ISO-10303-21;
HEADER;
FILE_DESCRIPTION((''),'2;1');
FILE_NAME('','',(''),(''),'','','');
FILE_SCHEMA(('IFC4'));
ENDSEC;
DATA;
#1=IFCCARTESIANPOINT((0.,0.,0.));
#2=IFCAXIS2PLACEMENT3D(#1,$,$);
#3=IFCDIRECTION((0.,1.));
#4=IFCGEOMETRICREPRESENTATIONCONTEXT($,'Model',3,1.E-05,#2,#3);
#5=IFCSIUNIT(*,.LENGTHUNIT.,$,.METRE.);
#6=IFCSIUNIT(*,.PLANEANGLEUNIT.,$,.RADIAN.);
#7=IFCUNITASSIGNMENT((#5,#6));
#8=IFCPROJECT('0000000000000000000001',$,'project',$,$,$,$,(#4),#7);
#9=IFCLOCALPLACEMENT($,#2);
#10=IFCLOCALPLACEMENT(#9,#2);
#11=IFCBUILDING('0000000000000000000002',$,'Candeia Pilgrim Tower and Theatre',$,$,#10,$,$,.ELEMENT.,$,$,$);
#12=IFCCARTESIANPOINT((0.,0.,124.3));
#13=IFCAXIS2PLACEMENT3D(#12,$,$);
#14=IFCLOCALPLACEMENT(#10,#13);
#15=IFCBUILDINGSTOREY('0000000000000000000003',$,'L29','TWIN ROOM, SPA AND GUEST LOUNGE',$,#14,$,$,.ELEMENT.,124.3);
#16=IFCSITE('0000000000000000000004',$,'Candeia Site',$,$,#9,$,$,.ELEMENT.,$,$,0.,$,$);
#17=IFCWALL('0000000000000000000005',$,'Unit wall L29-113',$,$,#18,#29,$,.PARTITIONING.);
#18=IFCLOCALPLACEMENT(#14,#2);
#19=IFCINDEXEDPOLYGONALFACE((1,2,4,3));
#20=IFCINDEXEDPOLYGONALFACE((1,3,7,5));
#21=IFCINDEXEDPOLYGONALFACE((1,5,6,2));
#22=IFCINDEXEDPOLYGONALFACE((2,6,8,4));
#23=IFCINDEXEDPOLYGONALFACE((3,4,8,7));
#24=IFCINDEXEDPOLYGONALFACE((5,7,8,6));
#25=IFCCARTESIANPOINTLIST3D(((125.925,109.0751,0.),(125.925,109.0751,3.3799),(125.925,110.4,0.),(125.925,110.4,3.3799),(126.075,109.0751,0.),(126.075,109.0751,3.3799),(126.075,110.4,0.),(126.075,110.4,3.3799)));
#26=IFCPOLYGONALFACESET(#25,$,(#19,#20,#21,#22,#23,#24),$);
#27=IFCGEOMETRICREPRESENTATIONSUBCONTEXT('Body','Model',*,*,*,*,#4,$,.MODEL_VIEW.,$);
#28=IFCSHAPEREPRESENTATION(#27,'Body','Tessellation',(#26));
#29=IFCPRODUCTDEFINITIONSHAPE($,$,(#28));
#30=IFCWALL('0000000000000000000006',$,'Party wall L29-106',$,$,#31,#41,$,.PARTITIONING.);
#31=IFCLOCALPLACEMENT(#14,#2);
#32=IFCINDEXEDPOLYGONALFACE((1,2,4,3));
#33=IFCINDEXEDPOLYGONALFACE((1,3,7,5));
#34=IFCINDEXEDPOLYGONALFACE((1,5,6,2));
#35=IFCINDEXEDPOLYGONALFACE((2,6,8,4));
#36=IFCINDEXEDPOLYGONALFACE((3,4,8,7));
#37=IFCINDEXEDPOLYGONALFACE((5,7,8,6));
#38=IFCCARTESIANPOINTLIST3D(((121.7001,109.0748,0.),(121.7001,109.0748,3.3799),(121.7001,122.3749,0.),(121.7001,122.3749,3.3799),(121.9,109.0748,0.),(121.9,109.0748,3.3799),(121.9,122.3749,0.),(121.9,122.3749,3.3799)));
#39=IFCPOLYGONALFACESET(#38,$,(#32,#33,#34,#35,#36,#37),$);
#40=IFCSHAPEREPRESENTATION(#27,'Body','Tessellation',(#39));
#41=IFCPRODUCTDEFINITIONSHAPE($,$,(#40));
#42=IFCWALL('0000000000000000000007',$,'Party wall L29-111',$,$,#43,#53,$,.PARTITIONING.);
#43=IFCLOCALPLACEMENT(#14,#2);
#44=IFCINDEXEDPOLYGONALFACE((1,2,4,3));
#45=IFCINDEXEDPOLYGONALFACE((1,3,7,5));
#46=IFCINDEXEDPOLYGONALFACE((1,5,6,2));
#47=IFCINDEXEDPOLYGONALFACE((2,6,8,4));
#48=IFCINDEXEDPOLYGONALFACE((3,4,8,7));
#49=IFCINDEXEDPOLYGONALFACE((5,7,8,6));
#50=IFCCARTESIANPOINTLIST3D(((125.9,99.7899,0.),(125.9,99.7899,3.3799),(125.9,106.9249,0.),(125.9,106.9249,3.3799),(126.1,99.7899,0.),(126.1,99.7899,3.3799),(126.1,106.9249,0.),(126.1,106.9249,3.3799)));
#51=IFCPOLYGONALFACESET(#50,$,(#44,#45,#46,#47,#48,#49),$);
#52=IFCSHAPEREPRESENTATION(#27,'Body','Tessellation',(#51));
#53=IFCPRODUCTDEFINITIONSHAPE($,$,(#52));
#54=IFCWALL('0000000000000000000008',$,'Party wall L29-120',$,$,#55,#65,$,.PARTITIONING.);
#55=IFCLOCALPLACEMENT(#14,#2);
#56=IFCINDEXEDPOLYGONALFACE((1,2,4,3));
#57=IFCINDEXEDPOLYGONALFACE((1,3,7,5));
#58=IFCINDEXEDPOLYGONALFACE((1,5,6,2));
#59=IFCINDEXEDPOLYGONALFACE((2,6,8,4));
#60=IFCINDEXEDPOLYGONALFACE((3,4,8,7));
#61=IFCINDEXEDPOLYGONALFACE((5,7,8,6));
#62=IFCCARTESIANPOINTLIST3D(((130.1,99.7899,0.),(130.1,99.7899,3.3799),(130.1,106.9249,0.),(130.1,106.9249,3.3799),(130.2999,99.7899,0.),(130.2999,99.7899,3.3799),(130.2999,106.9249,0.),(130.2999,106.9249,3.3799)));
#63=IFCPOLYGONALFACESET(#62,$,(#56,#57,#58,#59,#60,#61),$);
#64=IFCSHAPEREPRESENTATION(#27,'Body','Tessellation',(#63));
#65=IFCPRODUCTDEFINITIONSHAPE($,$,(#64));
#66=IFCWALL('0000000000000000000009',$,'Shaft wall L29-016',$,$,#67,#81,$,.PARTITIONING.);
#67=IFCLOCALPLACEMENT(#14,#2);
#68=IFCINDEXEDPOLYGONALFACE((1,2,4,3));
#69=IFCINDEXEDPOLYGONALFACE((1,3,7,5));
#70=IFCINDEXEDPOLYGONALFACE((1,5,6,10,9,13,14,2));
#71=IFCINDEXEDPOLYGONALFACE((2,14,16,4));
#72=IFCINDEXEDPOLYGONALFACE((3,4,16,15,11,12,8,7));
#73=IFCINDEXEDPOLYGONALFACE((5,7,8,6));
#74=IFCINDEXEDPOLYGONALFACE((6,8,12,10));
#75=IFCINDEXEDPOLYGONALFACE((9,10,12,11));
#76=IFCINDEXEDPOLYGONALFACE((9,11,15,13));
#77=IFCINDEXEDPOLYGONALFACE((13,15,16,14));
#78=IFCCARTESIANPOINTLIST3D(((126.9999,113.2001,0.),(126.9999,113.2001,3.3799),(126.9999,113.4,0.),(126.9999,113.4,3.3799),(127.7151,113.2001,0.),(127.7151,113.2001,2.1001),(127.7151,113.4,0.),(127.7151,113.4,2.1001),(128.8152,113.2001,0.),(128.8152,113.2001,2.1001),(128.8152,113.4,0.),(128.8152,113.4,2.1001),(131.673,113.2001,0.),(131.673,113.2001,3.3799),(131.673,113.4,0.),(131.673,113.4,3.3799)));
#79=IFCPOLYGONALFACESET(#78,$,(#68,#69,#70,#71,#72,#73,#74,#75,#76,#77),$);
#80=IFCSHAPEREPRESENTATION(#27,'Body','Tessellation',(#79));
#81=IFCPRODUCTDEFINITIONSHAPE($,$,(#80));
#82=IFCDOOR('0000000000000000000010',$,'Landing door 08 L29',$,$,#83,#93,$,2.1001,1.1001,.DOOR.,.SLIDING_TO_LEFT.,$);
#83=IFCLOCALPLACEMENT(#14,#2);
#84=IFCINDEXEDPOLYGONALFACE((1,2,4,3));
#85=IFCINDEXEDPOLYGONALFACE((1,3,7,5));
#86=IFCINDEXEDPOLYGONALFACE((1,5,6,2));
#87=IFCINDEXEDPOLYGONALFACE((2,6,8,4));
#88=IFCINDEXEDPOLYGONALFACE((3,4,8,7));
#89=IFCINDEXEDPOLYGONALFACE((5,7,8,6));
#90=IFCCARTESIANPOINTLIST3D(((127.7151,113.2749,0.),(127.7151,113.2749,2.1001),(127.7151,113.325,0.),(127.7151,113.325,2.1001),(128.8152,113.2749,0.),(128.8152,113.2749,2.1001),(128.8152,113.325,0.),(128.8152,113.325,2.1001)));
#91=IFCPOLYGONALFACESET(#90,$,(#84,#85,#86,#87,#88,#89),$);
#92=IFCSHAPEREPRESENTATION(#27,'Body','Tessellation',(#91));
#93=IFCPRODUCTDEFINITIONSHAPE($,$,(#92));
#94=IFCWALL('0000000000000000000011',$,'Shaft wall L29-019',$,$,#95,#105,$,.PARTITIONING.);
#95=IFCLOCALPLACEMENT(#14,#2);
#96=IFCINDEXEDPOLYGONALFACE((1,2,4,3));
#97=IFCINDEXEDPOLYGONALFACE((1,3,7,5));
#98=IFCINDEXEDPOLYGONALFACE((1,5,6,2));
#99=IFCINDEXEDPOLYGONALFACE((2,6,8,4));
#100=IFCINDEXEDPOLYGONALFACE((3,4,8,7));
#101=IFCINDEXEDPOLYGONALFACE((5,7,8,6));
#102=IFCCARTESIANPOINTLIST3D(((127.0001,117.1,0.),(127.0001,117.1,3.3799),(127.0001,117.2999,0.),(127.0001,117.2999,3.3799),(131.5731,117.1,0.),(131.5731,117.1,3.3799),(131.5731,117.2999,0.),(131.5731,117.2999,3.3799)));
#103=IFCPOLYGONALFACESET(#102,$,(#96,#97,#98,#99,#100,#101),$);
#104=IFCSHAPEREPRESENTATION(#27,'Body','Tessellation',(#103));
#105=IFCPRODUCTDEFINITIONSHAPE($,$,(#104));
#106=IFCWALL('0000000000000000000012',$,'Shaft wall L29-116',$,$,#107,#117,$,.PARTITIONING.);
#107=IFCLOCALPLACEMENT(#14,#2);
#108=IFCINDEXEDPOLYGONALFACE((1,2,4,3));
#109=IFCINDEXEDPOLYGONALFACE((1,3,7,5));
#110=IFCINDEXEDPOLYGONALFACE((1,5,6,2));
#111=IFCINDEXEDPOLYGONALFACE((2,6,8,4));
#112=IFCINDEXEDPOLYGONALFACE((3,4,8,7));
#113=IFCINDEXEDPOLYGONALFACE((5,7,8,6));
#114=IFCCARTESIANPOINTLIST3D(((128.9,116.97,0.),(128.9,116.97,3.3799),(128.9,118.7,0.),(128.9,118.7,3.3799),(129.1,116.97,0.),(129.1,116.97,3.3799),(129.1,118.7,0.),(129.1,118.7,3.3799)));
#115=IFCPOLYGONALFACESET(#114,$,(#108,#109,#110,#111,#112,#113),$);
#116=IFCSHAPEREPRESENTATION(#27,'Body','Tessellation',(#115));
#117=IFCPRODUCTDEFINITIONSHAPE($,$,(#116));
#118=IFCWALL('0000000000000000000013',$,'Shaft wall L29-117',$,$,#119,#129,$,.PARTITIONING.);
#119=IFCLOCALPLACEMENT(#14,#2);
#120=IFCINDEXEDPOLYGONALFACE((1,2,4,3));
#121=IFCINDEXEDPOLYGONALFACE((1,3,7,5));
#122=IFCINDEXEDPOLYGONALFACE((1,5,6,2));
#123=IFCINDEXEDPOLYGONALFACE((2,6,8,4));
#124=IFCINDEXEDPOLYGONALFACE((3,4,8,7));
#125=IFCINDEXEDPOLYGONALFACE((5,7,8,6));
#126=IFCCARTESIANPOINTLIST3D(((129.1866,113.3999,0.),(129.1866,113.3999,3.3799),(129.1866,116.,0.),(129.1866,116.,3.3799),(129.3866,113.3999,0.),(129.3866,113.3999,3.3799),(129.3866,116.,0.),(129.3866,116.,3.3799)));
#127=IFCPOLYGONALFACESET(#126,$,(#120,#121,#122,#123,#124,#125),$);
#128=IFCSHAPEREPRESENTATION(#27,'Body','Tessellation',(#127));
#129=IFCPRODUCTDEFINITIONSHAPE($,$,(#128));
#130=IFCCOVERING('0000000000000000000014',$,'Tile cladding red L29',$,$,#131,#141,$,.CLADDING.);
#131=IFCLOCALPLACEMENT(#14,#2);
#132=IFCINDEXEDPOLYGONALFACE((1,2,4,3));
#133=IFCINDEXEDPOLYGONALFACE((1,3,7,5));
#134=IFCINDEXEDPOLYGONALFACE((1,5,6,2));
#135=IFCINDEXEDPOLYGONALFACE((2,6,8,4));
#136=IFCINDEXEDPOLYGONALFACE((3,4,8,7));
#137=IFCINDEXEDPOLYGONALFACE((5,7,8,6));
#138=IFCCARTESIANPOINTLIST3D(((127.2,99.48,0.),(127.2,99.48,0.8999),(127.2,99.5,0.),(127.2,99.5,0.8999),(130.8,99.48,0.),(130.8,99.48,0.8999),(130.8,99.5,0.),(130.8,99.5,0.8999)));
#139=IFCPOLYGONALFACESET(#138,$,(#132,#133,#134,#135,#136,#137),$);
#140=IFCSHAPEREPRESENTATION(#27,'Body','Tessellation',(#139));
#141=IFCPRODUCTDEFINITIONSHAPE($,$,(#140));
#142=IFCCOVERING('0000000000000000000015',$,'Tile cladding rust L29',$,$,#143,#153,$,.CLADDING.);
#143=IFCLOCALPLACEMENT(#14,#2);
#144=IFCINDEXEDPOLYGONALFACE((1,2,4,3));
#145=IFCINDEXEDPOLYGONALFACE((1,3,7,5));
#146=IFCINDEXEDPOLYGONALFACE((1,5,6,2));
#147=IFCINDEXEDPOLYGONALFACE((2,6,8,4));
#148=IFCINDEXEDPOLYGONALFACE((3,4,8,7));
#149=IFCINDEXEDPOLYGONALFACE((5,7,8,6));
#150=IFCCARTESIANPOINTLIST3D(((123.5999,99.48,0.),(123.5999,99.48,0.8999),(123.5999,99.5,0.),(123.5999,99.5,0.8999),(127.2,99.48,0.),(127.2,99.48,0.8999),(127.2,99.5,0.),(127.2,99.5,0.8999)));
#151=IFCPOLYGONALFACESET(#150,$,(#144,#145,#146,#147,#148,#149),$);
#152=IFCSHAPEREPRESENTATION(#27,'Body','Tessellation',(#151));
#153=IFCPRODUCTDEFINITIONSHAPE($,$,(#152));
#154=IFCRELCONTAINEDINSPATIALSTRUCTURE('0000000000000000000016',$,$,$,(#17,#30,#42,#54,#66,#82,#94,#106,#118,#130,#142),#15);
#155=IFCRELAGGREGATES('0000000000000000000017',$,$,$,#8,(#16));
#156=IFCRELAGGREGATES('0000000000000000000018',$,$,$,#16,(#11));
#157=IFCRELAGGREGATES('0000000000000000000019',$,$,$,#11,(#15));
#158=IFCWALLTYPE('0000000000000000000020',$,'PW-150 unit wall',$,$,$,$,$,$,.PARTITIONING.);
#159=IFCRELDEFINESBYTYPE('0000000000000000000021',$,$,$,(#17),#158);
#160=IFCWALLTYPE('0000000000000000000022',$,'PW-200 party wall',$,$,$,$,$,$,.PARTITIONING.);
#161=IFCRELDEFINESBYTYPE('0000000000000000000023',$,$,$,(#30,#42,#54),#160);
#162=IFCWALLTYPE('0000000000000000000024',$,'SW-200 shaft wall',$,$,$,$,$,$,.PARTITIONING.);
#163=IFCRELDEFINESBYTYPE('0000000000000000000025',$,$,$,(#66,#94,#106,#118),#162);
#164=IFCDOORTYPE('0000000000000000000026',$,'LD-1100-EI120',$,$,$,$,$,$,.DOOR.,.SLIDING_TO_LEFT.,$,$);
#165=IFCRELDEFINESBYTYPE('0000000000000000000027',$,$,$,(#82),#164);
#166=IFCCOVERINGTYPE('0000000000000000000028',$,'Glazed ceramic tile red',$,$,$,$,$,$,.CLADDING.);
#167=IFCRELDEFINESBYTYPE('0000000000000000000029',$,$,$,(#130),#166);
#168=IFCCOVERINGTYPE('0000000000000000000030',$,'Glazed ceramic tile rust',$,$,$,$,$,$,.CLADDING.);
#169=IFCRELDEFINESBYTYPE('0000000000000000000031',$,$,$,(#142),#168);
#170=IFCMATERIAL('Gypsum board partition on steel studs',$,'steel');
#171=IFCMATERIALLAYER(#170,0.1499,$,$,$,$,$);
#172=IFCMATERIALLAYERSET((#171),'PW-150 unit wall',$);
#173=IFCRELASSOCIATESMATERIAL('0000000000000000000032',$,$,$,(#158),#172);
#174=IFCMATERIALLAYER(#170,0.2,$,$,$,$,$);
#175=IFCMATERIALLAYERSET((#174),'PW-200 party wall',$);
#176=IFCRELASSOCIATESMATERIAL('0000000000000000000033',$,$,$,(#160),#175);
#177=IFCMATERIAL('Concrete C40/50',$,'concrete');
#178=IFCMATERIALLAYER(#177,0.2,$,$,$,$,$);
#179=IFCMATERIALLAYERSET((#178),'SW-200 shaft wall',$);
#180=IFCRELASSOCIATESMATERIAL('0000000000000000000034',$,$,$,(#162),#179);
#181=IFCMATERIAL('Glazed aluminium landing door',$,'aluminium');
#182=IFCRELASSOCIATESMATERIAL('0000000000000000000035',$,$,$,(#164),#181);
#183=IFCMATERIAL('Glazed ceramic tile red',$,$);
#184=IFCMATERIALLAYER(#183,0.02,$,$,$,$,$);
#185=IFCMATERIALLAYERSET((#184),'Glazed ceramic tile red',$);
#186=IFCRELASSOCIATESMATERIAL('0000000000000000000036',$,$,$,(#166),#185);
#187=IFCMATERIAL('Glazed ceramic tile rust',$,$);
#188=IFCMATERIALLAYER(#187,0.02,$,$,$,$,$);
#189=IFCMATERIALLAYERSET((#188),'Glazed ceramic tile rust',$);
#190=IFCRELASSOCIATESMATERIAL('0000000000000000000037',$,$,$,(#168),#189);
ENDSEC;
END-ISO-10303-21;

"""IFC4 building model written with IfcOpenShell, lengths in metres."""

from ifc_helpers import new_model, si_unit, direction, frame, frame_2d, origin, origin_2d, place, context, subcontext, project, spatial, rectangle, extrude, material, layer, layer_set, type_object, element, fill, save


model = new_model("IFC4")

# Units and contexts
model_context = context("Model", 3, precision=1e-05, world=origin(), true_north=direction((0.0, 1.0)))
body_context = subcontext(model_context, "Body", "Model", "MODEL_VIEW")
ifc_project = project(units=[si_unit("LENGTHUNIT", "METRE"), si_unit("PLANEANGLEUNIT", "RADIAN")], contexts=[model_context])

# Site, building, storey
site_placement = place(None, origin())
site = spatial("IfcSite", under=ifc_project, at=site_placement, Name="Candeia Site", CompositionType="ELEMENT", RefElevation=0.0)
building_placement = place(site_placement, origin())
building = spatial("IfcBuilding", under=site, at=building_placement, Name="Candeia Pilgrim Tower and Theatre", CompositionType="ELEMENT")
storey_placement = place(building_placement, frame((0.0, 0.0, 124.3)))
storey = spatial("IfcBuildingStorey", under=building, at=storey_placement, Name="L29", Description="TWIN ROOM, SPA AND GUEST LOUNGE", CompositionType="ELEMENT", Elevation=124.3)

# Shared definitions
ifc_material_1 = material(Name="Gypsum board partition on steel studs", Category="steel")

# Walls
ifc_layer_1 = layer(ifc_material_1, 0.1499)
ifc_layer_set_1 = layer_set([ifc_layer_1], Name="PW-150 unit wall")
wall_type_1 = type_object("IfcWallType", Name="PW-150 unit wall", PredefinedType="PARTITIONING", material=ifc_layer_set_1)
wall_1_placement = place(storey_placement, frame((126.0, 109.075, 0.0), z_axis=(0.0, 0.0, 1.0), x_axis=(0.0, 1.0, 0.0)))
element("IfcWall", 1, at=wall_1_placement, inside=storey, type_object=wall_type_1, Name="Unit wall L29-113", PredefinedType="PARTITIONING", context=body_context, shape_type="SweptSolid", body=[
    extrude(rectangle(XDim=1.325, YDim=0.1499, at=frame_2d((0.6626, 0.0))), origin(), (0.0, 0.0, 1.0), 3.3799),
])
ifc_layer_2 = layer(ifc_material_1, 0.2)
ifc_layer_set_2 = layer_set([ifc_layer_2], Name="PW-200 party wall")
wall_type_2 = type_object("IfcWallType", Name="PW-200 party wall", PredefinedType="PARTITIONING", material=ifc_layer_set_2)
wall_2_placement = place(storey_placement, frame((121.8, 109.075, 0.0), z_axis=(0.0, 0.0, 1.0), x_axis=(0.0, 1.0, 0.0)))
element("IfcWall", 2, at=wall_2_placement, inside=storey, type_object=wall_type_2, Name="Party wall L29-106", PredefinedType="PARTITIONING", context=body_context, shape_type="SweptSolid", body=[
    extrude(rectangle(XDim=13.3, YDim=0.2, at=frame_2d((6.6499, 0.0))), origin(), (0.0, 0.0, 1.0), 3.3799),
])
for number, where, z_axis, x_axis, name in (
    (3, (126.0, 99.79, 0.0), (0.0, 0.0, 1.0), (0.0, 1.0, 0.0), "Party wall L29-111"),
    (4, (130.2, 99.79, 0.0), (0.0, 0.0, 1.0), (0.0, 1.0, 0.0), "Party wall L29-120"),
):
    element("IfcWall", number, at=place(storey_placement, frame(where, z_axis=z_axis, x_axis=x_axis)), inside=storey, type_object=wall_type_2, Name=name, PredefinedType="PARTITIONING", context=body_context, shape_type="SweptSolid", body=[
        extrude(rectangle(XDim=7.135, YDim=0.2, at=frame_2d((3.5674, 0.0))), origin(), (0.0, 0.0, 1.0), 3.3799),
    ])

# Wall, opening, door
ifc_material_2 = material(Name="Concrete C40/50", Category="concrete")
ifc_layer_3 = layer(ifc_material_2, 0.2)
ifc_layer_set_3 = layer_set([ifc_layer_3], Name="SW-200 shaft wall")
wall_type_3 = type_object("IfcWallType", Name="SW-200 shaft wall", PredefinedType="PARTITIONING", material=ifc_layer_set_3)
wall_3_placement = place(storey_placement, frame((127.0, 113.3, 0.0), z_axis=(0.0, 0.0, 1.0), x_axis=(1.0, 0.0, 0.0)))
wall_3 = element("IfcWall", 5, at=wall_3_placement, inside=storey, type_object=wall_type_3, Name="Shaft wall L29-016", PredefinedType="PARTITIONING", context=body_context, shape_type="SweptSolid", body=[
    extrude(rectangle(XDim=4.6731, YDim=0.2, at=frame_2d((2.3364, 0.0))), origin(), (0.0, 0.0, 1.0), 3.3799),
])
opening_1_placement = place(wall_3_placement, frame((0.7151, 0.0, 0.0)))
opening_1 = element("IfcOpeningElement", 6, at=opening_1_placement, cuts=wall_3, PredefinedType="OPENING", context=body_context, shape_type="SweptSolid", body=[
    extrude(rectangle(XDim=1.1001, YDim=2.1001, at=frame_2d((0.55, 1.05))), frame((0.0, 0.1099, 0.0), z_axis=(0.0, -1.0, 0.0), x_axis=(1.0, 0.0, 0.0)), (0.0, 0.0, 1.0), 0.22),
])
ifc_material_3 = material(Name="Glazed aluminium landing door", Category="aluminium")
door_type_1 = type_object("IfcDoorType", Name="LD-1100-EI120", OperationType="SLIDING_TO_LEFT", PredefinedType="DOOR", material=ifc_material_3)
door_1_placement = place(opening_1_placement, origin())
door_1 = element("IfcDoor", 7, at=door_1_placement, inside=storey, type_object=door_type_1, Name="Landing door 08 L29", OperationType="SLIDING_TO_LEFT", OverallHeight=2.1001, OverallWidth=1.1001, PredefinedType="DOOR", context=body_context, shape_type="SweptSolid", body=[
    extrude(rectangle(XDim=1.1001, YDim=2.1001, at=frame_2d((0.55, 1.05))), frame((0.0, 0.0249, 0.0), z_axis=(0.0, -1.0, 0.0), x_axis=(1.0, 0.0, 0.0)), (0.0, 0.0, 1.0), 0.05),
])
fill(opening_1, door_1)

# Walls
wall_4_placement = place(storey_placement, frame((127.0, 117.2, 0.0), z_axis=(0.0, 0.0, 1.0), x_axis=(1.0, 0.0, 0.0)))
element("IfcWall", 8, at=wall_4_placement, inside=storey, type_object=wall_type_3, Name="Shaft wall L29-019", PredefinedType="PARTITIONING", context=body_context, shape_type="SweptSolid", body=[
    extrude(rectangle(XDim=4.573, YDim=0.2, at=frame_2d((2.2866, 0.0))), origin(), (0.0, 0.0, 1.0), 3.3799),
])
wall_5_placement = place(storey_placement, frame((129.0, 116.97, 0.0), z_axis=(0.0, 0.0, 1.0), x_axis=(0.0, 1.0, 0.0)))
element("IfcWall", 9, at=wall_5_placement, inside=storey, type_object=wall_type_3, Name="Shaft wall L29-116", PredefinedType="PARTITIONING", context=body_context, shape_type="SweptSolid", body=[
    extrude(rectangle(XDim=1.73, YDim=0.2, at=frame_2d((0.865, 0.0))), origin(), (0.0, 0.0, 1.0), 3.3799),
])
wall_6_placement = place(storey_placement, frame((129.2866, 113.3999, 0.0), z_axis=(0.0, 0.0, 1.0), x_axis=(0.0, 1.0, 0.0)))
element("IfcWall", 10, at=wall_6_placement, inside=storey, type_object=wall_type_3, Name="Shaft wall L29-117", PredefinedType="PARTITIONING", context=body_context, shape_type="SweptSolid", body=[
    extrude(rectangle(XDim=2.6001, YDim=0.2, at=frame_2d((1.3, 0.0))), origin(), (0.0, 0.0, 1.0), 3.3799),
])

# Coverings
ifc_material_4 = material(Name="Glazed ceramic tile red")
ifc_layer_4 = layer(ifc_material_4, 0.02)
ifc_layer_set_4 = layer_set([ifc_layer_4], Name="Glazed ceramic tile red")
covering_type_1 = type_object("IfcCoveringType", Name="Glazed ceramic tile red", PredefinedType="CLADDING", material=ifc_layer_set_4)
covering_1_placement = place(storey_placement, frame((129.0, 99.49, 0.0), z_axis=(0.0, 0.0, 1.0), x_axis=(1.0, 0.0, 0.0)))
element("IfcCovering", 11, at=covering_1_placement, inside=storey, type_object=covering_type_1, Name="Tile cladding red L29", PredefinedType="CLADDING", context=body_context, shape_type="SweptSolid", body=[
    extrude(rectangle(XDim=3.6001, YDim=0.02, at=origin_2d()), origin(), (0.0, 0.0, 1.0), 0.8999),
])
ifc_material_5 = material(Name="Glazed ceramic tile rust")
ifc_layer_5 = layer(ifc_material_5, 0.02)
ifc_layer_set_5 = layer_set([ifc_layer_5], Name="Glazed ceramic tile rust")
covering_type_2 = type_object("IfcCoveringType", Name="Glazed ceramic tile rust", PredefinedType="CLADDING", material=ifc_layer_set_5)
covering_2_placement = place(storey_placement, frame((125.3999, 99.49, 0.0), z_axis=(0.0, 0.0, 1.0), x_axis=(1.0, 0.0, 0.0)))
element("IfcCovering", 12, at=covering_2_placement, inside=storey, type_object=covering_type_2, Name="Tile cladding rust L29", PredefinedType="CLADDING", context=body_context, shape_type="SweptSolid", body=[
    extrude(rectangle(XDim=3.6001, YDim=0.02, at=origin_2d()), origin(), (0.0, 0.0, 1.0), 0.8999),
])

save(model, "model.ifc")
